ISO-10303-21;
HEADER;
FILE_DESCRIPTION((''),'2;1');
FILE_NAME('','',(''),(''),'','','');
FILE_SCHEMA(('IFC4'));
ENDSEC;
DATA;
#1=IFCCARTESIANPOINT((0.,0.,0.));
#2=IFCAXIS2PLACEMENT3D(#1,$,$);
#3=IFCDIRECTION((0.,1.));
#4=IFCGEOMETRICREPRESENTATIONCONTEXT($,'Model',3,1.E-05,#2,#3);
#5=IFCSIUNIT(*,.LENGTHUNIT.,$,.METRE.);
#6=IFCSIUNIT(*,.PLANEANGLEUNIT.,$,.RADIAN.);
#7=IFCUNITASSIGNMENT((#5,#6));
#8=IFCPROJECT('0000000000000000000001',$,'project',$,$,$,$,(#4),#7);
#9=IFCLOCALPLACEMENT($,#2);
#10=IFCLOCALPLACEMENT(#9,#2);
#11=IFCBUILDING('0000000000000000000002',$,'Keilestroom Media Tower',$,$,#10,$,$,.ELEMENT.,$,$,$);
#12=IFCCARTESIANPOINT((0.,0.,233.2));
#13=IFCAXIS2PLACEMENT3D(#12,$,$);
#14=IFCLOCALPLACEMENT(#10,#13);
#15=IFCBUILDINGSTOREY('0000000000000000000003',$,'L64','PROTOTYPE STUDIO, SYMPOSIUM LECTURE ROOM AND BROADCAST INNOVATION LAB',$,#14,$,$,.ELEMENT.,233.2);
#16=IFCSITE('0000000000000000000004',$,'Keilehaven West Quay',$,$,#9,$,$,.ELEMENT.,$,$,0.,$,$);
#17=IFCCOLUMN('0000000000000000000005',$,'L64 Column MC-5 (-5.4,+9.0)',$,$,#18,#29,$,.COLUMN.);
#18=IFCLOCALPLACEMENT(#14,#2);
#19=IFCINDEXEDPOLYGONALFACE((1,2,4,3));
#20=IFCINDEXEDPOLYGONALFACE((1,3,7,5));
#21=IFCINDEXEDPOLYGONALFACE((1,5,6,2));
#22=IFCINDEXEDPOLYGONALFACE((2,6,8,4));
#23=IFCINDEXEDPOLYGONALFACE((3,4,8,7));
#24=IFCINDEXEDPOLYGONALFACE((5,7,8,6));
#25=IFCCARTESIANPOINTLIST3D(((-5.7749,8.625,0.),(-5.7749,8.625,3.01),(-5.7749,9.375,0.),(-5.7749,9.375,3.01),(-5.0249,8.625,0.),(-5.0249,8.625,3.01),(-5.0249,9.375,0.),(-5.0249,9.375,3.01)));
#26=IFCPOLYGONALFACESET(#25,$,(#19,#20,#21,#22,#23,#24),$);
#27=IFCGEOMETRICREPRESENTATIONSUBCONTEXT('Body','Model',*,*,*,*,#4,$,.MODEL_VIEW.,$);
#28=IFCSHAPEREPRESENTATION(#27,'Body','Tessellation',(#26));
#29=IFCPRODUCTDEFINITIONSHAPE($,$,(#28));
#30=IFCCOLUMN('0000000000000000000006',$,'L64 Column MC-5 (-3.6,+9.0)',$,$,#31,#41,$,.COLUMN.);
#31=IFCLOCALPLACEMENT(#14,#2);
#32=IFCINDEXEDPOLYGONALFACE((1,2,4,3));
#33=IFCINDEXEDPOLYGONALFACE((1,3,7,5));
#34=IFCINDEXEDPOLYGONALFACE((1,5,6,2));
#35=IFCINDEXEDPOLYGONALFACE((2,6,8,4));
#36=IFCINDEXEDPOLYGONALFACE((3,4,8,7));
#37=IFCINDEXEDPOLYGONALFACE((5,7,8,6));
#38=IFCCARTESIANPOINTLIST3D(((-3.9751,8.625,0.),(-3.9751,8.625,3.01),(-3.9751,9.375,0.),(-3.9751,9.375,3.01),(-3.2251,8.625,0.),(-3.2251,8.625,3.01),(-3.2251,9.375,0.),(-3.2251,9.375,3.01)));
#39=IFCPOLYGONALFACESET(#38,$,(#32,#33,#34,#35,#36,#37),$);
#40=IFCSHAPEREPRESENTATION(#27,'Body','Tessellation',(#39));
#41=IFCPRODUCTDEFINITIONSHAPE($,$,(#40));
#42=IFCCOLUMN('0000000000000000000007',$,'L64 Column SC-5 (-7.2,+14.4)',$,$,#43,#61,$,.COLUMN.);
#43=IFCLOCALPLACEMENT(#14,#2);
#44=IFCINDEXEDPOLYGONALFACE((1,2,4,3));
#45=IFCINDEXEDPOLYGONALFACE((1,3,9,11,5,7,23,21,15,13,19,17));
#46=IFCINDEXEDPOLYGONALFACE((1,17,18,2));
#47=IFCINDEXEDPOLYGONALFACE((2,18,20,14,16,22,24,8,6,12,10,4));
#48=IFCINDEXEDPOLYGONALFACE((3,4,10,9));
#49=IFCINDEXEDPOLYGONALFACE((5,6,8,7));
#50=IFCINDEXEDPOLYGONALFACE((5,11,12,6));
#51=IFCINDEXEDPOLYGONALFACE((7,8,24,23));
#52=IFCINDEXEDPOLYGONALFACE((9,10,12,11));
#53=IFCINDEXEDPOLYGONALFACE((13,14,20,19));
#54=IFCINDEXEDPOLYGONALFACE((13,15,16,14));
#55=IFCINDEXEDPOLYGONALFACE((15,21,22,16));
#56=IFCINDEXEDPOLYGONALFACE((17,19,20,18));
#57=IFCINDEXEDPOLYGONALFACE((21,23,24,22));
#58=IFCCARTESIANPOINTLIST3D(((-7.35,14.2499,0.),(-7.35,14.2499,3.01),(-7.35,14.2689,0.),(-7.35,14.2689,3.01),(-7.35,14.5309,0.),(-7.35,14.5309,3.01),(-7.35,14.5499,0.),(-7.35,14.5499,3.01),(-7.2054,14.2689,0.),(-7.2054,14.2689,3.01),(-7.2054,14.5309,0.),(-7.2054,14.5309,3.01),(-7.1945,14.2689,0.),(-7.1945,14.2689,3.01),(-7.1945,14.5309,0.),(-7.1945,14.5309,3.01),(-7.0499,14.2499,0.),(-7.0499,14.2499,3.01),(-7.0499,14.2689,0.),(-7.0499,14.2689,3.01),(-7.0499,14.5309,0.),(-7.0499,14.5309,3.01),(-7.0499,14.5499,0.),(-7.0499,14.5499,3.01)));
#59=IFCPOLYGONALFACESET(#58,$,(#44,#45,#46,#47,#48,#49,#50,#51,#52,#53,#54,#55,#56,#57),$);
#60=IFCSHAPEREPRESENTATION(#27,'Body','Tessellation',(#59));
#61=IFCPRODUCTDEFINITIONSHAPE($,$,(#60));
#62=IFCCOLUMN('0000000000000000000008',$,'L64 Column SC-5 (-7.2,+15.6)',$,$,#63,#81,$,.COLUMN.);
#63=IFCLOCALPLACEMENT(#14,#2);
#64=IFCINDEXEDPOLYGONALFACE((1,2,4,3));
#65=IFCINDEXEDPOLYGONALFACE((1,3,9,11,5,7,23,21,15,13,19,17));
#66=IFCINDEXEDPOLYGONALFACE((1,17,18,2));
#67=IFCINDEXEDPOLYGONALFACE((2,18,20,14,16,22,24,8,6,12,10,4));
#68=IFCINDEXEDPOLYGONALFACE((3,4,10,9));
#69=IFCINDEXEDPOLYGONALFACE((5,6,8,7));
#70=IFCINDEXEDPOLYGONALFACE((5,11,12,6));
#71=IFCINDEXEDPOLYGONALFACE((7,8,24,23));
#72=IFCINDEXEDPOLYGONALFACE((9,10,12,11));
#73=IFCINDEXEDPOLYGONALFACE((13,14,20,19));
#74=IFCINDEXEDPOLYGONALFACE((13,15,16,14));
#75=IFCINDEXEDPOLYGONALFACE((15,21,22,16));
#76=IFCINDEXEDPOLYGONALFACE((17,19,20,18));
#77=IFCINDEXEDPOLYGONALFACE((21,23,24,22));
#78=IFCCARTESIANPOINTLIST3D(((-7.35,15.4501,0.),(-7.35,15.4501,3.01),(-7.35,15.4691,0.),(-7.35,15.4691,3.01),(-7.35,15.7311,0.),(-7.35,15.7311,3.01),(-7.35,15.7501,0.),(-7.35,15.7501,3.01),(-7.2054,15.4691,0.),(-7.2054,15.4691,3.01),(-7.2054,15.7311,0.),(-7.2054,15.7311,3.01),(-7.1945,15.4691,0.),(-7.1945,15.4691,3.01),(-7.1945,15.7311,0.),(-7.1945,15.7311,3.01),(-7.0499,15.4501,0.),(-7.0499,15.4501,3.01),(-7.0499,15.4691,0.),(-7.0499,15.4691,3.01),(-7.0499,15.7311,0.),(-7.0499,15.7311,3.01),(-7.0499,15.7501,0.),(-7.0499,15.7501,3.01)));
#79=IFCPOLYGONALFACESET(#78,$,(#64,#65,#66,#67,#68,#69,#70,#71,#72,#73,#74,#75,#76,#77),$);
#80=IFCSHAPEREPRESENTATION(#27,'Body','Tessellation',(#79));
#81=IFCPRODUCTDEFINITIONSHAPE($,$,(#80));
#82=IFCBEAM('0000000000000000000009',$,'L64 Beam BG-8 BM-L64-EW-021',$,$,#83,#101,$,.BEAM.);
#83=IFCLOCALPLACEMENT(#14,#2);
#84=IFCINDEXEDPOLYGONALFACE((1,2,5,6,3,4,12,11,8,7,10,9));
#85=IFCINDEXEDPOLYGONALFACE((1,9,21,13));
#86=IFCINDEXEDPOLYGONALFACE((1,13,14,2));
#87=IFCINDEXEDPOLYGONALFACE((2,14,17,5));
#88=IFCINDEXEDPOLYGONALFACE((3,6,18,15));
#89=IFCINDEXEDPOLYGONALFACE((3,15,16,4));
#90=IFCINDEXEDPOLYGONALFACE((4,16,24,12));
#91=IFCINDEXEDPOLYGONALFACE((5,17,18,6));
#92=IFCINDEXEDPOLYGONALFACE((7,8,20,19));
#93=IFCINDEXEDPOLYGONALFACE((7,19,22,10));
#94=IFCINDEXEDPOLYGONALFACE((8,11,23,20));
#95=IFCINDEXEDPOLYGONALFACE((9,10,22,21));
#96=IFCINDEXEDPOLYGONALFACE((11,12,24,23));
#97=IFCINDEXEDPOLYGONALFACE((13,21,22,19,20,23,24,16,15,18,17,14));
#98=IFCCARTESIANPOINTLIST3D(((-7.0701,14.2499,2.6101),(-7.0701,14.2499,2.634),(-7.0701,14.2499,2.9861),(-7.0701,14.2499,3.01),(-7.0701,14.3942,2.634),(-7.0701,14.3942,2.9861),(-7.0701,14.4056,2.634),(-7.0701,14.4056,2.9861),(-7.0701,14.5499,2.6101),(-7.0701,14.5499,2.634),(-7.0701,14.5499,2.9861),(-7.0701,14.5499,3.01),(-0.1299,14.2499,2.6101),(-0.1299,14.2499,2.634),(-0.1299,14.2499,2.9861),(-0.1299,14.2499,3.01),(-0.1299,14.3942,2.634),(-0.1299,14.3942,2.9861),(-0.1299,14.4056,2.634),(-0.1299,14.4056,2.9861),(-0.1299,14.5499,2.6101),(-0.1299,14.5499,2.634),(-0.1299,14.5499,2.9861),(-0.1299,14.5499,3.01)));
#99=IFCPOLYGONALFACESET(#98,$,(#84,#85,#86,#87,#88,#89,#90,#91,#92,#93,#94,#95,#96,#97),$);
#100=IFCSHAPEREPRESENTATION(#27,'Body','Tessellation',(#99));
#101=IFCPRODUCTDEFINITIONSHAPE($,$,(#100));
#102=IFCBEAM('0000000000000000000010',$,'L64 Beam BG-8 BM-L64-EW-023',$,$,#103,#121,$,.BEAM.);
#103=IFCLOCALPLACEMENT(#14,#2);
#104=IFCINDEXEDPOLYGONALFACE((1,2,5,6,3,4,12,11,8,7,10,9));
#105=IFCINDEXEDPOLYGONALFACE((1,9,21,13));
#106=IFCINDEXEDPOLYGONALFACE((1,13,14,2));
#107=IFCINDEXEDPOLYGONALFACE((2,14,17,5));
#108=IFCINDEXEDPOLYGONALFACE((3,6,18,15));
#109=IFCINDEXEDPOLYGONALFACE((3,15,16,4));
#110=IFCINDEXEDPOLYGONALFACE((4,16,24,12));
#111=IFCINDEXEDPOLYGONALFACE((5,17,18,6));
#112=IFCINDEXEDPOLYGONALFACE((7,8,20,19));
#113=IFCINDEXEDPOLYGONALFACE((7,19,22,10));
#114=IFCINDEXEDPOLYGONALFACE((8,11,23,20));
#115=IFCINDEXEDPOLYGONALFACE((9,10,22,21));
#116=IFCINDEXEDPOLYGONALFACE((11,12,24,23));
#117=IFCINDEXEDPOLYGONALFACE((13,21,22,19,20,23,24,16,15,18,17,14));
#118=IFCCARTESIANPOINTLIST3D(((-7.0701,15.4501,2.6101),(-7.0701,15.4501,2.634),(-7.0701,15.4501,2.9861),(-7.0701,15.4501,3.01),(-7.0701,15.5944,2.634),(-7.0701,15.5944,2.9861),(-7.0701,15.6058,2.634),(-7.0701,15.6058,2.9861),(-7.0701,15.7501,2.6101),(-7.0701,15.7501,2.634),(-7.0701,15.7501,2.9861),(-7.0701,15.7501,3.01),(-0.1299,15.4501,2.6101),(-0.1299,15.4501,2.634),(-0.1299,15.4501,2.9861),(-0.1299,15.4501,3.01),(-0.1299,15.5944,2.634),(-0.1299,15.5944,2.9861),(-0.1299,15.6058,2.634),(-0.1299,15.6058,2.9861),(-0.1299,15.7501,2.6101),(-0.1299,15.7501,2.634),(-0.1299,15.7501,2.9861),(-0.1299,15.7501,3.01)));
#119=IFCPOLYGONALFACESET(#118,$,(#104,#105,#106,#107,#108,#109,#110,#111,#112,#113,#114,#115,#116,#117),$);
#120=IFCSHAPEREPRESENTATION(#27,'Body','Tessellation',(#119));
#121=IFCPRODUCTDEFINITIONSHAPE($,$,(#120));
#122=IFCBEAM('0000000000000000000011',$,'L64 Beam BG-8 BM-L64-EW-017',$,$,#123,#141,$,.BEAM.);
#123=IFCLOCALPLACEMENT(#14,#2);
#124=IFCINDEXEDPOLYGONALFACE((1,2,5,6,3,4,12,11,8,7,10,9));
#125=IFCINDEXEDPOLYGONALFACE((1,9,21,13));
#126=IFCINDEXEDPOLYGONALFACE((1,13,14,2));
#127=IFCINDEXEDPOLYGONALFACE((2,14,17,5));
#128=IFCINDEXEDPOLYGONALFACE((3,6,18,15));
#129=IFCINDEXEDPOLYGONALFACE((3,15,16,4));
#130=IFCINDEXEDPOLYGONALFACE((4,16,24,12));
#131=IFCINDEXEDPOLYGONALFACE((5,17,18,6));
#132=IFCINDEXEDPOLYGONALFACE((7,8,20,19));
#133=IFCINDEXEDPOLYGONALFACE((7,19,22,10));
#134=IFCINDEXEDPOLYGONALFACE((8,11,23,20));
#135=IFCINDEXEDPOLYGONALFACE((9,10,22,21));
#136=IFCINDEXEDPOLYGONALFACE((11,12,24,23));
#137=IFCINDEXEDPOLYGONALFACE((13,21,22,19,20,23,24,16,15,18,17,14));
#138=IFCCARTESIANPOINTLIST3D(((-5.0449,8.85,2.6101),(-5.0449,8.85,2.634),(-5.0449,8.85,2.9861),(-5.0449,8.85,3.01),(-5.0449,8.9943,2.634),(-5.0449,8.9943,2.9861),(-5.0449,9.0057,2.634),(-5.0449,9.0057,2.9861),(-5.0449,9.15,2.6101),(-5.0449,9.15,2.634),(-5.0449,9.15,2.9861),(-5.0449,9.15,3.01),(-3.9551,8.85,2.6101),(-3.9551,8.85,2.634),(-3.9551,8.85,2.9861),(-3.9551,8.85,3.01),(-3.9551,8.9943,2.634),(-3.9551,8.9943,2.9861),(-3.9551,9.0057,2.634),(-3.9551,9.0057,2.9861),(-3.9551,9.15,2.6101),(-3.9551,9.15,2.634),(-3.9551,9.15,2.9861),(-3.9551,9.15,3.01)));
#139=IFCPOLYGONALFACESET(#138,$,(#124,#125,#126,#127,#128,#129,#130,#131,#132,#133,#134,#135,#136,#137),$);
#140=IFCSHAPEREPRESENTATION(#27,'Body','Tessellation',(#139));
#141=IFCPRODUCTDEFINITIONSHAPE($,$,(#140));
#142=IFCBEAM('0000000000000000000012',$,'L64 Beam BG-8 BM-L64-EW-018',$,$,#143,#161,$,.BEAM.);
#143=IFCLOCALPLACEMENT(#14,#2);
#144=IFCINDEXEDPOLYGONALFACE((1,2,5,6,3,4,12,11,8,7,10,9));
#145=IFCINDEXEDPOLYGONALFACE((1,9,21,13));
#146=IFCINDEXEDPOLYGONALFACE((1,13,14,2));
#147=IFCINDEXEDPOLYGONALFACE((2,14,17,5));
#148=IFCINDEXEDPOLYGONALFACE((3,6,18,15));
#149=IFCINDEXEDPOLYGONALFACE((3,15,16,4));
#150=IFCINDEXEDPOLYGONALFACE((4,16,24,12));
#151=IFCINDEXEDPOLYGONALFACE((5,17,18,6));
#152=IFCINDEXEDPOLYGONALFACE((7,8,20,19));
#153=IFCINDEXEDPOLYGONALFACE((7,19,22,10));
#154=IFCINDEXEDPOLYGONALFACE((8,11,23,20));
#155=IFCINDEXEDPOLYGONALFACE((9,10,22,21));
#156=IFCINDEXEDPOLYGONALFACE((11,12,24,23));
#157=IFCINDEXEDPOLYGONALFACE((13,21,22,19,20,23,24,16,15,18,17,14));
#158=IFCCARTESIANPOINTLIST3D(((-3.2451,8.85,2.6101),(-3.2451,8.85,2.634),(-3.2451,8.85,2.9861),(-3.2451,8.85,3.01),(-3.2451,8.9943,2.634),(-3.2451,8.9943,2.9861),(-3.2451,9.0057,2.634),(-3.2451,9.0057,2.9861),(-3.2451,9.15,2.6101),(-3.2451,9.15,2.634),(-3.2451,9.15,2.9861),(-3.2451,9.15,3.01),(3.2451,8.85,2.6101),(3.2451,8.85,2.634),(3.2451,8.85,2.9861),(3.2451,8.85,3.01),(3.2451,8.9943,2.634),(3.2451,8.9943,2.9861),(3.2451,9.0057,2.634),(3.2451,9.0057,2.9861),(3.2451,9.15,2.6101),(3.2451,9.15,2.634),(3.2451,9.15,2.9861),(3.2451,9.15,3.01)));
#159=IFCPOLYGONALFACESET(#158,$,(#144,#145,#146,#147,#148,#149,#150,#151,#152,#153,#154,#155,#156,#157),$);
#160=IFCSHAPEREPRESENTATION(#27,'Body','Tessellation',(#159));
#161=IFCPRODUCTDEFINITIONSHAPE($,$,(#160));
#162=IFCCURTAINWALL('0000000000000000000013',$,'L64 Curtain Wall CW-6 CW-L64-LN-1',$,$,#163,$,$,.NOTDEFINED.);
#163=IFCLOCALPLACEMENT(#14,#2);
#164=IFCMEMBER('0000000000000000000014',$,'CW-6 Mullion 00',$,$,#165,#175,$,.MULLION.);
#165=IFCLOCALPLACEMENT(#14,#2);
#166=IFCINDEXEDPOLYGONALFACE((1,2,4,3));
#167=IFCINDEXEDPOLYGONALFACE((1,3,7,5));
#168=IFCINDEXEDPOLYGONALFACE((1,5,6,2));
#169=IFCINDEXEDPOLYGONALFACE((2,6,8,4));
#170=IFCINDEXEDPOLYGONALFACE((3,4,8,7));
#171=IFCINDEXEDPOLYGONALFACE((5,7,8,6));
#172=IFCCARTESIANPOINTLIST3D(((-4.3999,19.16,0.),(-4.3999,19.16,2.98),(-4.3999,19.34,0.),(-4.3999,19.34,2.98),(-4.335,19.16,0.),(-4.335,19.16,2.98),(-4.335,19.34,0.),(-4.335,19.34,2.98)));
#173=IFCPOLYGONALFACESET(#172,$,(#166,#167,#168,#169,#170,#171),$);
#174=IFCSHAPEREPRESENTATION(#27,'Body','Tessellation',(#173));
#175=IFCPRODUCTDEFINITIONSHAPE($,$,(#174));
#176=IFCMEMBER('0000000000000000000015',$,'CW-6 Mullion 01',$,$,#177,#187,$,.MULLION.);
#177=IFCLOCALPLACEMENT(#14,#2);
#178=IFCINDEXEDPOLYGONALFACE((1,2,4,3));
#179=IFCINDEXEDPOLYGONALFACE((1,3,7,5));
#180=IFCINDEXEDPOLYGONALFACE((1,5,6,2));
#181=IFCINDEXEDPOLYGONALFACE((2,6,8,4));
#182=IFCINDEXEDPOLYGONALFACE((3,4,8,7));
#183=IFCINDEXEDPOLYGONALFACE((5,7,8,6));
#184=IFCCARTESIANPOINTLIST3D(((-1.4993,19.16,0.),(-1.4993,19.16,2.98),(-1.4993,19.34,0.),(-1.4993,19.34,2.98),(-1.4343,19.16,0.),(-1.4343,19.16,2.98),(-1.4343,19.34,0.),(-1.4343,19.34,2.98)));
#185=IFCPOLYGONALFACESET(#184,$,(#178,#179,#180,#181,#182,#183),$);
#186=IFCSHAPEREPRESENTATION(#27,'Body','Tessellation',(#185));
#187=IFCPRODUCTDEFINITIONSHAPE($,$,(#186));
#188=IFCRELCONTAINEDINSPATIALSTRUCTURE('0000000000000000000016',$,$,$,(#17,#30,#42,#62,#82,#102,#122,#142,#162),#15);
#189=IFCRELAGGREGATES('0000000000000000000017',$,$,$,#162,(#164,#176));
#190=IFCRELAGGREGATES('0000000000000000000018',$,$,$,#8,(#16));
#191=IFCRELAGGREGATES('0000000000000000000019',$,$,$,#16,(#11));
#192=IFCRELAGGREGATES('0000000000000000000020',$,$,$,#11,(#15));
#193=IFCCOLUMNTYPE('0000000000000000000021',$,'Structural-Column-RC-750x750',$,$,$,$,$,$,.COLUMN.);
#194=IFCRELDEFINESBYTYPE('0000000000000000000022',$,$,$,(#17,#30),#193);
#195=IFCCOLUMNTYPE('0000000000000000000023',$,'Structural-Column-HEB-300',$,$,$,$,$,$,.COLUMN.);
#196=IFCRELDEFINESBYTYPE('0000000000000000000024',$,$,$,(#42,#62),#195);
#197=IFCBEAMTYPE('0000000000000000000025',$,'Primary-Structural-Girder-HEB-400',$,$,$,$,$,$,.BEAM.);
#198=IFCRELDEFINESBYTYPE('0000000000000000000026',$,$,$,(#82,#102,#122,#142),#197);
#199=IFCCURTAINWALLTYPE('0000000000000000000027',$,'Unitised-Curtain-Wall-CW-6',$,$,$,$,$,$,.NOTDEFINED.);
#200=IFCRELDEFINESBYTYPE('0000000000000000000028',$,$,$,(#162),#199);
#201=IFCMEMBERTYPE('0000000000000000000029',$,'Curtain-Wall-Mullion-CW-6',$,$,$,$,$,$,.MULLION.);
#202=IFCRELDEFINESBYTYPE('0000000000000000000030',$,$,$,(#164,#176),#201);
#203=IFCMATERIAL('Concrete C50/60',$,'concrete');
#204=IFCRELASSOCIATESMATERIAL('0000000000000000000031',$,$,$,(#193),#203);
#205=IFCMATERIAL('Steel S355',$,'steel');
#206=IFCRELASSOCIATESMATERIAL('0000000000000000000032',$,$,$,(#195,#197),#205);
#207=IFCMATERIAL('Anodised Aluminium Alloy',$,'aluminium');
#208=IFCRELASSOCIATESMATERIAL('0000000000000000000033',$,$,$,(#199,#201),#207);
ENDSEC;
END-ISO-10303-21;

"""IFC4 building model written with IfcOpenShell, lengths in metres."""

from ifc_helpers import new_model, si_unit, direction, frame, origin, origin_2d, place, context, subcontext, project, spatial, rectangle, i_section, extrude, source, transform, mapped, material, material_profile, profile_set, type_object, element, aggregate, save


model = new_model("IFC4")

# Units and contexts
model_context = context("Model", 3, precision=1e-05, world=origin(), true_north=direction((0.0, 1.0)))
body_context = subcontext(model_context, "Body", "Model", "MODEL_VIEW")
ifc_project = project(units=[si_unit("LENGTHUNIT", "METRE"), si_unit("PLANEANGLEUNIT", "RADIAN")], contexts=[model_context])

# Site, building, storey
site_placement = place(None, origin())
site = spatial("IfcSite", under=ifc_project, at=site_placement, Name="Keilehaven West Quay", CompositionType="ELEMENT", RefElevation=0.0)
building_placement = place(site_placement, origin())
building = spatial("IfcBuilding", under=site, at=building_placement, Name="Keilestroom Media Tower", CompositionType="ELEMENT")
storey_placement = place(building_placement, frame((0.0, 0.0, 233.2)))
storey = spatial("IfcBuildingStorey", under=building, at=storey_placement, Name="L64", Description="PROTOTYPE STUDIO, SYMPOSIUM LECTURE ROOM AND BROADCAST INNOVATION LAB", CompositionType="ELEMENT", Elevation=233.2)

# Columns
ifc_material_1 = material(Name="Concrete C50/60", Category="concrete")
ifc_material_profile_1 = material_profile(ifc_material_1, rectangle(XDim=0.75, YDim=0.75, at=origin_2d()), Name="RC 750x750")
ifc_profile_set_1 = profile_set([ifc_material_profile_1], Name="Concrete C50/60")
column_type_1 = type_object("IfcColumnType", Name="Structural-Column-RC-750x750", PredefinedType="COLUMN", material=ifc_profile_set_1)
shared_shape_1 = source(origin(), body_context, "Body", "SweptSolid", [
    extrude(rectangle(XDim=0.75, YDim=0.75, at=origin_2d()), origin(), (0.0, 0.0, 1.0), 3.01),
])
for number, where, z_axis, x_axis, name in (
    (1, (-5.3999, 9.0, 0.0), (0.0, 0.0, 1.0), (1.0, 0.0, 0.0), "L64 Column MC-5 (-5.4,+9.0)"),
    (2, (-3.6001, 9.0, 0.0), (0.0, 0.0, 1.0), (1.0, 0.0, 0.0), "L64 Column MC-5 (-3.6,+9.0)"),
):
    element("IfcColumn", number, at=place(storey_placement, frame(where, z_axis=z_axis, x_axis=x_axis)), inside=storey, type_object=column_type_1, Name=name, PredefinedType="COLUMN", context=body_context, shape_type="MappedRepresentation", body=[
        mapped(shared_shape_1, transform((0.0, 0.0, 0.0), x_axis=(1.0, 0.0, 0.0), y_axis=(0.0, 1.0, 0.0), z_axis=(0.0, 0.0, 1.0), scale=1.0)),
    ])
ifc_material_2 = material(Name="Steel S355", Category="steel")
ifc_material_profile_2 = material_profile(ifc_material_2, i_section(OverallWidth=0.3, OverallDepth=0.3, WebThickness=0.011, FlangeThickness=0.019, at=origin_2d()), Name="HEB 300")
ifc_profile_set_2 = profile_set([ifc_material_profile_2], Name="Steel S355")
column_type_2 = type_object("IfcColumnType", Name="Structural-Column-HEB-300", PredefinedType="COLUMN", material=ifc_profile_set_2)
shared_shape_2 = source(origin(), body_context, "Body", "SweptSolid", [
    extrude(i_section(OverallWidth=0.3, OverallDepth=0.3, WebThickness=0.011, FlangeThickness=0.019, at=origin_2d()), origin(), (0.0, 0.0, 1.0), 3.01),
])
for number, where, z_axis, x_axis, name in (
    (3, (-7.2, 14.3999, 0.0), (0.0, 0.0, 1.0), (1.0, 0.0, 0.0), "L64 Column SC-5 (-7.2,+14.4)"),
    (4, (-7.2, 15.6001, 0.0), (0.0, 0.0, 1.0), (1.0, 0.0, 0.0), "L64 Column SC-5 (-7.2,+15.6)"),
):
    element("IfcColumn", number, at=place(storey_placement, frame(where, z_axis=z_axis, x_axis=x_axis)), inside=storey, type_object=column_type_2, Name=name, PredefinedType="COLUMN", context=body_context, shape_type="MappedRepresentation", body=[
        mapped(shared_shape_2, transform((0.0, 0.0, 0.0), x_axis=(1.0, 0.0, 0.0), y_axis=(0.0, 1.0, 0.0), z_axis=(0.0, 0.0, 1.0), scale=1.0)),
    ])

# Beams
ifc_material_profile_3 = material_profile(ifc_material_2, i_section(OverallWidth=0.3, OverallDepth=0.3999, WebThickness=0.0115, FlangeThickness=0.0239, at=origin_2d()), Name="HEB 400")
ifc_profile_set_3 = profile_set([ifc_material_profile_3], Name="Steel S355")
beam_type = type_object("IfcBeamType", Name="Primary-Structural-Girder-HEB-400", PredefinedType="BEAM", material=ifc_profile_set_3)
shared_shape_3 = source(origin(), body_context, "Body", "SweptSolid", [
    extrude(i_section(OverallWidth=0.3, OverallDepth=0.3999, WebThickness=0.0115, FlangeThickness=0.0239, at=origin_2d()), origin(), (0.0, 0.0, 1.0), 6.9402),
])
for number, where, z_axis, x_axis, name in (
    (5, (-7.0701, 14.3999, 2.8101), (1.0, 0.0, 0.0), (0.0, 1.0, 0.0), "L64 Beam BG-8 BM-L64-EW-021"),
    (6, (-7.0701, 15.6001, 2.8101), (1.0, 0.0, 0.0), (0.0, 1.0, 0.0), "L64 Beam BG-8 BM-L64-EW-023"),
):
    element("IfcBeam", number, at=place(storey_placement, frame(where, z_axis=z_axis, x_axis=x_axis)), inside=storey, type_object=beam_type, Name=name, PredefinedType="BEAM", context=body_context, shape_type="MappedRepresentation", body=[
        mapped(shared_shape_3, transform((0.0, 0.0, 0.0), x_axis=(1.0, 0.0, 0.0), y_axis=(0.0, 1.0, 0.0), z_axis=(0.0, 0.0, 1.0), scale=1.0)),
    ])
shared_shape_4 = source(origin(), body_context, "Body", "SweptSolid", [
    extrude(i_section(OverallWidth=0.3, OverallDepth=0.3999, WebThickness=0.0115, FlangeThickness=0.0239, at=origin_2d()), origin(), (0.0, 0.0, 1.0), 1.0898),
])
beam_1_placement = place(storey_placement, frame((-5.0449, 9.0, 2.8101), z_axis=(1.0, 0.0, 0.0), x_axis=(0.0, 1.0, 0.0)))
element("IfcBeam", 7, at=beam_1_placement, inside=storey, type_object=beam_type, Name="L64 Beam BG-8 BM-L64-EW-017", PredefinedType="BEAM", context=body_context, shape_type="MappedRepresentation", body=[
    mapped(shared_shape_4, transform((0.0, 0.0, 0.0), x_axis=(1.0, 0.0, 0.0), y_axis=(0.0, 1.0, 0.0), z_axis=(0.0, 0.0, 1.0), scale=1.0)),
])
shared_shape_5 = source(origin(), body_context, "Body", "SweptSolid", [
    extrude(i_section(OverallWidth=0.3, OverallDepth=0.3999, WebThickness=0.0115, FlangeThickness=0.0239, at=origin_2d()), origin(), (0.0, 0.0, 1.0), 6.4902),
])
beam_2_placement = place(storey_placement, frame((-3.2451, 9.0, 2.8101), z_axis=(1.0, 0.0, 0.0), x_axis=(0.0, 1.0, 0.0)))
element("IfcBeam", 8, at=beam_2_placement, inside=storey, type_object=beam_type, Name="L64 Beam BG-8 BM-L64-EW-018", PredefinedType="BEAM", context=body_context, shape_type="MappedRepresentation", body=[
    mapped(shared_shape_5, transform((0.0, 0.0, 0.0), x_axis=(1.0, 0.0, 0.0), y_axis=(0.0, 1.0, 0.0), z_axis=(0.0, 0.0, 1.0), scale=1.0)),
])

# Curtain wall, members
ifc_material_3 = material(Name="Anodised Aluminium Alloy", Category="aluminium")
curtain_wall_type = type_object("IfcCurtainWallType", Name="Unitised-Curtain-Wall-CW-6", PredefinedType="NOTDEFINED", material=ifc_material_3)
curtain_wall_placement = place(storey_placement, origin())
curtain_wall = element("IfcCurtainWall", 9, at=curtain_wall_placement, inside=storey, type_object=curtain_wall_type, Name="L64 Curtain Wall CW-6 CW-L64-LN-1", PredefinedType="NOTDEFINED")
ifc_material_profile_4 = material_profile(ifc_material_3, rectangle(XDim=0.0649, YDim=0.1799, at=origin_2d()), Name="ALU MULLION 65x180")
ifc_profile_set_4 = profile_set([ifc_material_profile_4], Name="Anodised Aluminium Alloy")
member_type_1 = type_object("IfcMemberType", Name="Curtain-Wall-Mullion-CW-6", PredefinedType="MULLION", material=ifc_profile_set_4)
shared_shape_6 = source(origin(), body_context, "Body", "SweptSolid", [
    extrude(rectangle(XDim=0.0649, YDim=0.1799, at=origin_2d()), origin(), (0.0, 0.0, 1.0), 2.98),
])
member_1_placement = place(storey_placement, frame((-4.3674, 19.25, 0.0), z_axis=(0.0, 0.0, 1.0), x_axis=(1.0, 0.0, 0.0)))
member_1 = element("IfcMember", 10, at=member_1_placement, type_object=member_type_1, Name="CW-6 Mullion 00", PredefinedType="MULLION", context=body_context, shape_type="MappedRepresentation", body=[
    mapped(shared_shape_6, transform((0.0, 0.0, 0.0), x_axis=(1.0, 0.0, 0.0), y_axis=(0.0, 1.0, 0.0), z_axis=(0.0, 0.0, 1.0), scale=1.0)),
])
member_2_placement = place(storey_placement, frame((-1.4668, 19.25, 0.0), z_axis=(0.0, 0.0, 1.0), x_axis=(1.0, 0.0, 0.0)))
member_2 = element("IfcMember", 11, at=member_2_placement, type_object=member_type_1, Name="CW-6 Mullion 01", PredefinedType="MULLION", context=body_context, shape_type="MappedRepresentation", body=[
    mapped(shared_shape_6, transform((0.0, 0.0, 0.0), x_axis=(1.0, 0.0, 0.0), y_axis=(0.0, 1.0, 0.0), z_axis=(0.0, 0.0, 1.0), scale=1.0)),
])
aggregate(curtain_wall, [member_1, member_2])

save(model, "model.ifc")
